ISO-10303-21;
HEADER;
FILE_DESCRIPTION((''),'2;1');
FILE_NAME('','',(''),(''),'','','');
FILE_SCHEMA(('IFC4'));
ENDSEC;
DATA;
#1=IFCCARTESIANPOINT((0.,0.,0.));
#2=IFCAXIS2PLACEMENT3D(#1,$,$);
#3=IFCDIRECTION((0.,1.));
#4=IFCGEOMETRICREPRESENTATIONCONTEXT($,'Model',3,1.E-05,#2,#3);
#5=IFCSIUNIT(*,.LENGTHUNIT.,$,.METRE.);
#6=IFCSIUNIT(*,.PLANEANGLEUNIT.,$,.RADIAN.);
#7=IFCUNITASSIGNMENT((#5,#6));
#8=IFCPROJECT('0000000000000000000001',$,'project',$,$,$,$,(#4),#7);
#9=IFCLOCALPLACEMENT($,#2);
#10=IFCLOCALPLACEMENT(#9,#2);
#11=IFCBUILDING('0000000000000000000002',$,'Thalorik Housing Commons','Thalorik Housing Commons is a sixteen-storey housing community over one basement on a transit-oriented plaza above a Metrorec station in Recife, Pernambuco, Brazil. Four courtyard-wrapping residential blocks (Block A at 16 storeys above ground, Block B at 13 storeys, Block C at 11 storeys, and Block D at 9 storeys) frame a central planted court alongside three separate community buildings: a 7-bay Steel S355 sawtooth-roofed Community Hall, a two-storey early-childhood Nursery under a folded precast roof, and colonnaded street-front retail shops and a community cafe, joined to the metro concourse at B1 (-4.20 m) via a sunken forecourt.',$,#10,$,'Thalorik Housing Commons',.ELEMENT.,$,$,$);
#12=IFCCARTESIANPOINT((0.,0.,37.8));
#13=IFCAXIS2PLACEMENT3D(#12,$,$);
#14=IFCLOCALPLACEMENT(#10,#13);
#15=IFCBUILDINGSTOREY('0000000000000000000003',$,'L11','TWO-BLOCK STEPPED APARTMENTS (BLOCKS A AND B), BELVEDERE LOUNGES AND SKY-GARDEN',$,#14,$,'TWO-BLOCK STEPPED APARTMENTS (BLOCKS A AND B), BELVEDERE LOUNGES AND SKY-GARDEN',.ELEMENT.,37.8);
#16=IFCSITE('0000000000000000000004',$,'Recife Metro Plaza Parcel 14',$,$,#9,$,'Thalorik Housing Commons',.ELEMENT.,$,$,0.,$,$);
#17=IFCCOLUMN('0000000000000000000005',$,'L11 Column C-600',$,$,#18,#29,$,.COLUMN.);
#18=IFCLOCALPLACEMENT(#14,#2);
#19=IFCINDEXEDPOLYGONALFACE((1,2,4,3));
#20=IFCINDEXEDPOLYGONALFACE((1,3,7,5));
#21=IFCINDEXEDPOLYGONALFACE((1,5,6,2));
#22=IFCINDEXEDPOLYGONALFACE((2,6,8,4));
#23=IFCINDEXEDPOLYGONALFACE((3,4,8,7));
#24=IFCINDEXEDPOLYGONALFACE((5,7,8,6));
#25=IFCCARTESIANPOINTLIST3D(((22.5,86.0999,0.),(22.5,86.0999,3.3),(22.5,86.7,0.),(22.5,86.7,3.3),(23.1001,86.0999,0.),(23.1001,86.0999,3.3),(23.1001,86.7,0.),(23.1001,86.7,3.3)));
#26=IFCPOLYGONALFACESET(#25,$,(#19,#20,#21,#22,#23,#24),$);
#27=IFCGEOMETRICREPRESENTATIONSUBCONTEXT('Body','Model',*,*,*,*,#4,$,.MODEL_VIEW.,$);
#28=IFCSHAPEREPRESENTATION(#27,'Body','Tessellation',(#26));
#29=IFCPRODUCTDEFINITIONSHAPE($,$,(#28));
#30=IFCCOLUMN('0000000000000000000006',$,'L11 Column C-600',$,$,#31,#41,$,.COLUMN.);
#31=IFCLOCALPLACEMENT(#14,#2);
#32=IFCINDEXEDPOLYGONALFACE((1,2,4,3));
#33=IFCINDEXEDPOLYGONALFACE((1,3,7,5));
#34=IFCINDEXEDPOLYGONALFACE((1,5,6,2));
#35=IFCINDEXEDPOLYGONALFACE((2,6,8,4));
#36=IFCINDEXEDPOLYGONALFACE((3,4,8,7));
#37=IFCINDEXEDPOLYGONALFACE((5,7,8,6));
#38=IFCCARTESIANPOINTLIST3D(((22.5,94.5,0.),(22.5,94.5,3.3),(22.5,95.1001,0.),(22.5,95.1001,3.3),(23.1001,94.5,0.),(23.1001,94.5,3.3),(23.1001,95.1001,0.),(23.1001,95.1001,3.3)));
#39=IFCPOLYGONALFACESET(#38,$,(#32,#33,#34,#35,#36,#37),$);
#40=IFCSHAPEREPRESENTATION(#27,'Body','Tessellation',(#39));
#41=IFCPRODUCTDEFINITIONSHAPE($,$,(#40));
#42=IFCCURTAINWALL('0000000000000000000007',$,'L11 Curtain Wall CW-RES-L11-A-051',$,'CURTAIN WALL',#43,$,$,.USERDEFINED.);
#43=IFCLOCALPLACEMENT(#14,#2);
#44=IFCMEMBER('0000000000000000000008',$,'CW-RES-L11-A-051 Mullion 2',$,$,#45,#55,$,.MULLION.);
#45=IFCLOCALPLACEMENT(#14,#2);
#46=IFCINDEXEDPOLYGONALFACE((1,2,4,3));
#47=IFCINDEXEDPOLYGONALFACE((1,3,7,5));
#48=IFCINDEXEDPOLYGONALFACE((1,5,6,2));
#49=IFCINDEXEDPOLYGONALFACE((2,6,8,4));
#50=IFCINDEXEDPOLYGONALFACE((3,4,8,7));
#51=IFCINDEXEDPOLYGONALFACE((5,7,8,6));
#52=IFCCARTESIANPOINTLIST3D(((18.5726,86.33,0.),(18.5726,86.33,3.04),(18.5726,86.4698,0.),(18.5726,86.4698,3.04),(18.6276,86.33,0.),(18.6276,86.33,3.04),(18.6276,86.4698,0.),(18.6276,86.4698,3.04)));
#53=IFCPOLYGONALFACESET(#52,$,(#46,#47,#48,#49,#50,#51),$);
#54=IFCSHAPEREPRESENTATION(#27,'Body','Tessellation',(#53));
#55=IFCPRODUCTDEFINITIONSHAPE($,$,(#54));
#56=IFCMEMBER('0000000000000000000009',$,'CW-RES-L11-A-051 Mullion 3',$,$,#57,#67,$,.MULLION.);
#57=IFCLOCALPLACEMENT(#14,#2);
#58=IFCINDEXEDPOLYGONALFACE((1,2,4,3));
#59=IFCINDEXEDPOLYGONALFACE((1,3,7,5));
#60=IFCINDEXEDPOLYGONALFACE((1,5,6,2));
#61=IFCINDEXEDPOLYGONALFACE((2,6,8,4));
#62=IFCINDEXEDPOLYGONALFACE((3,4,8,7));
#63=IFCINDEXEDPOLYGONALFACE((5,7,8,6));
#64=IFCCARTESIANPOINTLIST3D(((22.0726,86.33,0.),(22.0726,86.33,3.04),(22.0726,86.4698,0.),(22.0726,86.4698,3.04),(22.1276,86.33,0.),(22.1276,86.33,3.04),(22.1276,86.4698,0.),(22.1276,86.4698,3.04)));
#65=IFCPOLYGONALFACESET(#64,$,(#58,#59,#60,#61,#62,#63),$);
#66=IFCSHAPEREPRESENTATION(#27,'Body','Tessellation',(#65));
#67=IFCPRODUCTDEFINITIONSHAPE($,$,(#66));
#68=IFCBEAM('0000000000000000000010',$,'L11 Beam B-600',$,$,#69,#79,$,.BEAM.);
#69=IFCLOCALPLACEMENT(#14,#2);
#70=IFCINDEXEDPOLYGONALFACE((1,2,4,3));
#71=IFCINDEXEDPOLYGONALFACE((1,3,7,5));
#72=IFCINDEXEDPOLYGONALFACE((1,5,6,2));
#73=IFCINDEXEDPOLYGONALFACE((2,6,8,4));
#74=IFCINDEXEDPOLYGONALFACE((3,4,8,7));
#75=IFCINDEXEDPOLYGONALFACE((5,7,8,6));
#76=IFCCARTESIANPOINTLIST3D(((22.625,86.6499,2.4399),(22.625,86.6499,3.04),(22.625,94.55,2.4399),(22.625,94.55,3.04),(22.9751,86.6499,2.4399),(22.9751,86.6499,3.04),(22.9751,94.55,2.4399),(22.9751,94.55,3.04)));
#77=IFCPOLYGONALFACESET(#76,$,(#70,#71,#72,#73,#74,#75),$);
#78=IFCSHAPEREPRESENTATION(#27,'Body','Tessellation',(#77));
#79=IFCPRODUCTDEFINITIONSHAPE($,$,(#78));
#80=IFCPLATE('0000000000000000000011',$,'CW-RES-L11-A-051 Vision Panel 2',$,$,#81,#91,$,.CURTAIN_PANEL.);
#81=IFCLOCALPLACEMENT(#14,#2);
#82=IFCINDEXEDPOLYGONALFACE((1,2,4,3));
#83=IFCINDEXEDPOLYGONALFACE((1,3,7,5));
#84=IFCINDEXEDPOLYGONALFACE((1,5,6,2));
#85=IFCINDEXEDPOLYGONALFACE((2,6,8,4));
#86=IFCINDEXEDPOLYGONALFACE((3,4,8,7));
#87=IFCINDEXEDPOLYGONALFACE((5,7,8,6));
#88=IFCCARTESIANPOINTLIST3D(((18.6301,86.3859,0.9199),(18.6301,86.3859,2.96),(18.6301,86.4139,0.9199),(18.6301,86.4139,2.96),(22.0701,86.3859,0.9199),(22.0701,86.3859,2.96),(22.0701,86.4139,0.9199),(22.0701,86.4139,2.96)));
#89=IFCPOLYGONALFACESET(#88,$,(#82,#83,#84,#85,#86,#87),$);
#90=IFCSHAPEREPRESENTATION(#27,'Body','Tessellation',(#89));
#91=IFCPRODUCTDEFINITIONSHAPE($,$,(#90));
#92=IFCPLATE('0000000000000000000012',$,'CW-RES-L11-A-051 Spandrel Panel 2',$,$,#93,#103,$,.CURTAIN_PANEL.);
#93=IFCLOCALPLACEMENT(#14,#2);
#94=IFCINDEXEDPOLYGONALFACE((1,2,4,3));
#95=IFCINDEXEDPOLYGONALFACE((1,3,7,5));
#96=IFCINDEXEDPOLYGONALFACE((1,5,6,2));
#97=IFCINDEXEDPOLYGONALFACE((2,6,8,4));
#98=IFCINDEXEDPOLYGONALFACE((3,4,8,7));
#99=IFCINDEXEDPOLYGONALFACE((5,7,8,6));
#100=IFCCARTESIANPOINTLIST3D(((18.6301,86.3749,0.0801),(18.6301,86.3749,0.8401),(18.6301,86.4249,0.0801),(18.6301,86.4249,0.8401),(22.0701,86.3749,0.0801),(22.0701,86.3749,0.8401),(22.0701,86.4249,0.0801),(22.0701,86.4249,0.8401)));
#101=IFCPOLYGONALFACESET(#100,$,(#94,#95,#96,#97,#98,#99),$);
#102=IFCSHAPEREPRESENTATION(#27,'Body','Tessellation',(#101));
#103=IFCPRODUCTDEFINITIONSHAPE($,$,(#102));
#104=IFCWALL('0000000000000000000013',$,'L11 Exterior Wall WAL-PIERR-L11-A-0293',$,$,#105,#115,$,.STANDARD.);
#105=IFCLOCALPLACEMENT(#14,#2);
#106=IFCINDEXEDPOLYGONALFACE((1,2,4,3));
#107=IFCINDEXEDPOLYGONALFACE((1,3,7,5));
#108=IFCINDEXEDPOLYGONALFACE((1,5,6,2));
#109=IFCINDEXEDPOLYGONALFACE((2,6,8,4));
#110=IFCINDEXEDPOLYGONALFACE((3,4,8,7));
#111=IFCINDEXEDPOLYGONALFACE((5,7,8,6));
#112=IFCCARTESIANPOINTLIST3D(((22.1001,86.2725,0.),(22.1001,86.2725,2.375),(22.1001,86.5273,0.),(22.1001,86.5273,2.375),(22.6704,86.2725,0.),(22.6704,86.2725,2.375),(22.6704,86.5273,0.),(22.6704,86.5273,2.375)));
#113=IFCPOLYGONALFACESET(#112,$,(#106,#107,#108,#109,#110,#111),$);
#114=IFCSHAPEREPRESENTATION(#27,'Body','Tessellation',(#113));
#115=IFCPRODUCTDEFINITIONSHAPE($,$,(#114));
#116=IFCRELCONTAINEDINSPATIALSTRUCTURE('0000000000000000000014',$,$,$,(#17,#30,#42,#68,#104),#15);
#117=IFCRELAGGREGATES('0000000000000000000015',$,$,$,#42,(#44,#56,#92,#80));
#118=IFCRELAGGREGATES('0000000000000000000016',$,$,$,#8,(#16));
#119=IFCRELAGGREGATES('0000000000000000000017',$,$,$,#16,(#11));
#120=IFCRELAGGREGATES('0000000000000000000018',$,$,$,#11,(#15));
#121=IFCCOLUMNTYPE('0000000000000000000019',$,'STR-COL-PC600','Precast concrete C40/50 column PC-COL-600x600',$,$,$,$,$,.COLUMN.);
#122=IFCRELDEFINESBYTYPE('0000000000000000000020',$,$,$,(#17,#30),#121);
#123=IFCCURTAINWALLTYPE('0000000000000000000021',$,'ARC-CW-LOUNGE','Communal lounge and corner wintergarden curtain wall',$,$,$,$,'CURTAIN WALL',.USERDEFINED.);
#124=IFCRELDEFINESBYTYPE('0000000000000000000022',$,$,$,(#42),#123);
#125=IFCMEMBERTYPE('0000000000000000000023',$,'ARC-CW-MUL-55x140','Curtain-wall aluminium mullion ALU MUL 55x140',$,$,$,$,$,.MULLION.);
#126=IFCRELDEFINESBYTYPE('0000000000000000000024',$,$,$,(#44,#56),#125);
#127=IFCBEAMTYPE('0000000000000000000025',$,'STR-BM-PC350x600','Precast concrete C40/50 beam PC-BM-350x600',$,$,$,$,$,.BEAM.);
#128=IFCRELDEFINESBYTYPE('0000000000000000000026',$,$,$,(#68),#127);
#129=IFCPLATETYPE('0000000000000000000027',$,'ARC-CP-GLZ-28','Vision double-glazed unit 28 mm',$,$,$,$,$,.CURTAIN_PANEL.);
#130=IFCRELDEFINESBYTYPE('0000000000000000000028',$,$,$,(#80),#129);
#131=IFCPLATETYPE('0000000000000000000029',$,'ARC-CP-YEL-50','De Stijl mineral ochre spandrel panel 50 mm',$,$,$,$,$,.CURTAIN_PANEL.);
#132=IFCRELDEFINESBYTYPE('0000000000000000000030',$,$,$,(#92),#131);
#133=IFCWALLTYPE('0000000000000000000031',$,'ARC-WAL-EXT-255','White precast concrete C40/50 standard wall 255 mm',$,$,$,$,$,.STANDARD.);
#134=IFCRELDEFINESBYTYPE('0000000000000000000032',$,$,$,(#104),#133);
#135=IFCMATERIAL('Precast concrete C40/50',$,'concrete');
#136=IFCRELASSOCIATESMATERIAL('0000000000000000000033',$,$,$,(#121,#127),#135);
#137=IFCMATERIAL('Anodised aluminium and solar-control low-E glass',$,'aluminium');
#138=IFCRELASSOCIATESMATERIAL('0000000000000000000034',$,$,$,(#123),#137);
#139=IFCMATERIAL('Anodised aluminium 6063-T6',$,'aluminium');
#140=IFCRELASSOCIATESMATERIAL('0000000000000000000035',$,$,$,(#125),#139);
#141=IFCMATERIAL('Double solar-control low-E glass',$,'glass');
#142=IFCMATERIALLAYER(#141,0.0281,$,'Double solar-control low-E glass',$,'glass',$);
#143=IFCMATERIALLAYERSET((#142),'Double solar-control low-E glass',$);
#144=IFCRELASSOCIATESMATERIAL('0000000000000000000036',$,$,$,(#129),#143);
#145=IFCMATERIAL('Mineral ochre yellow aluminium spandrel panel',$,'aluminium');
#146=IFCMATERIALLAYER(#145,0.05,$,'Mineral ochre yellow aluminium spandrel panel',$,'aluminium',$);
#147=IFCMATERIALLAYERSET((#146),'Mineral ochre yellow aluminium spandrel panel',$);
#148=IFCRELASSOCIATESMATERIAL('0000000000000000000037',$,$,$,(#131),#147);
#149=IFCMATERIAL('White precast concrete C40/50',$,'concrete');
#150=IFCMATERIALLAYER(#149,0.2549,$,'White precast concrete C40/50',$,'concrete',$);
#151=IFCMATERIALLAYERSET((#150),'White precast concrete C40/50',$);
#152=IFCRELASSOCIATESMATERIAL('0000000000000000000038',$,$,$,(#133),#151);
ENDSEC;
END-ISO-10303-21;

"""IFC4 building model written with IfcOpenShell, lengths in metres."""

from ifc_helpers import new_model, si_unit, direction, frame, frame_2d, origin, origin_2d, place, context, subcontext, project, spatial, rectangle, extrude, material, layer, layer_set, material_profile, profile_set, type_object, element, aggregate, save


model = new_model("IFC4")

# Units and contexts
model_context = context("Model", 3, precision=1e-05, world=origin(), true_north=direction((0.0, 1.0)))
body_context = subcontext(model_context, "Body", "Model", "MODEL_VIEW")
ifc_project = project(units=[si_unit("LENGTHUNIT", "METRE"), si_unit("PLANEANGLEUNIT", "RADIAN")], contexts=[model_context])

# Site, building, storey
site_placement = place(None, origin())
site = spatial("IfcSite", under=ifc_project, at=site_placement, Name="Recife Metro Plaza Parcel 14", LongName="Thalorik Housing Commons", CompositionType="ELEMENT", RefElevation=0.0)
building_placement = place(site_placement, origin())
building = spatial("IfcBuilding", under=site, at=building_placement, Name="Thalorik Housing Commons", Description="Thalorik Housing Commons is a sixteen-storey housing community over one basement on a transit-oriented plaza above a Metrorec station in Recife, Pernambuco, Brazil. Four courtyard-wrapping residential blocks (Block A at 16 storeys above ground, Block B at 13 storeys, Block C at 11 storeys, and Block D at 9 storeys) frame a central planted court alongside three separate community buildings: a 7-bay Steel S355 sawtooth-roofed Community Hall, a two-storey early-childhood Nursery under a folded precast roof, and colonnaded street-front retail shops and a community cafe, joined to the metro concourse at B1 (-4.20 m) via a sunken forecourt.", LongName="Thalorik Housing Commons", CompositionType="ELEMENT")
storey_placement = place(building_placement, frame((0.0, 0.0, 37.8)))
storey = spatial("IfcBuildingStorey", under=building, at=storey_placement, Name="L11", Description="TWO-BLOCK STEPPED APARTMENTS (BLOCKS A AND B), BELVEDERE LOUNGES AND SKY-GARDEN", LongName="TWO-BLOCK STEPPED APARTMENTS (BLOCKS A AND B), BELVEDERE LOUNGES AND SKY-GARDEN", CompositionType="ELEMENT", Elevation=37.8)

# Columns
ifc_material_1 = material(Name="Precast concrete C40/50", Category="concrete")
ifc_material_profile_1 = material_profile(ifc_material_1, rectangle(XDim=0.6001, YDim=0.6001, at=origin_2d()), Name="PC 600x600", Category="concrete")
ifc_profile_set_1 = profile_set([ifc_material_profile_1], Name="Precast concrete C40/50")
column_type = type_object("IfcColumnType", Name="STR-COL-PC600", Description="Precast concrete C40/50 column PC-COL-600x600", PredefinedType="COLUMN", material=ifc_profile_set_1)
for number, where, z_axis, x_axis, name in (
    (1, (22.8, 86.3999, 0.0), (0.0, 0.0, 1.0), (1.0, 0.0, 0.0), "L11 Column C-600"),
    (2, (22.8, 94.8, 0.0), (0.0, 0.0, 1.0), (1.0, 0.0, 0.0), "L11 Column C-600"),
):
    element("IfcColumn", number, at=place(storey_placement, frame(where, z_axis=z_axis, x_axis=x_axis)), inside=storey, type_object=column_type, Name=name, PredefinedType="COLUMN", context=body_context, shape_type="SweptSolid", body=[
        extrude(rectangle(XDim=0.6001, YDim=0.6001, at=origin_2d()), origin(), (0.0, 0.0, 1.0), 3.3),
    ])

# Curtain wall, members
ifc_material_2 = material(Name="Anodised aluminium and solar-control low-E glass", Category="aluminium")
curtain_wall_type = type_object("IfcCurtainWallType", Name="ARC-CW-LOUNGE", Description="Communal lounge and corner wintergarden curtain wall", ElementType="CURTAIN WALL", PredefinedType="USERDEFINED", material=ifc_material_2)
curtain_wall_placement = place(storey_placement, origin())
curtain_wall = element("IfcCurtainWall", 3, at=curtain_wall_placement, inside=storey, type_object=curtain_wall_type, Name="L11 Curtain Wall CW-RES-L11-A-051", ObjectType="CURTAIN WALL", PredefinedType="USERDEFINED")
ifc_material_3 = material(Name="Anodised aluminium 6063-T6", Category="aluminium")
ifc_material_profile_2 = material_profile(ifc_material_3, rectangle(XDim=0.0549, YDim=0.1399, at=origin_2d()), Name="ALU MUL 55x140", Category="aluminium")
ifc_profile_set_2 = profile_set([ifc_material_profile_2], Name="Anodised aluminium 6063-T6")
member_type = type_object("IfcMemberType", Name="ARC-CW-MUL-55x140", Description="Curtain-wall aluminium mullion ALU MUL 55x140", PredefinedType="MULLION", material=ifc_profile_set_2)
member_1_placement = place(storey_placement, frame((18.6001, 86.3999, 0.0), z_axis=(0.0, 0.0, 1.0), x_axis=(1.0, 0.0, 0.0)))
member_1 = element("IfcMember", 4, at=member_1_placement, type_object=member_type, Name="CW-RES-L11-A-051 Mullion 2", PredefinedType="MULLION", context=body_context, shape_type="SweptSolid", body=[
    extrude(rectangle(XDim=0.0549, YDim=0.1399, at=origin_2d()), origin(), (0.0, 0.0, 1.0), 3.04),
])
member_2_placement = place(storey_placement, frame((22.1001, 86.3999, 0.0), z_axis=(0.0, 0.0, 1.0), x_axis=(1.0, 0.0, 0.0)))
member_2 = element("IfcMember", 5, at=member_2_placement, type_object=member_type, Name="CW-RES-L11-A-051 Mullion 3", PredefinedType="MULLION", context=body_context, shape_type="SweptSolid", body=[
    extrude(rectangle(XDim=0.0549, YDim=0.1399, at=origin_2d()), origin(), (0.0, 0.0, 1.0), 3.04),
])

# Beam
ifc_material_profile_3 = material_profile(ifc_material_1, rectangle(XDim=0.3501, YDim=0.6001, at=origin_2d()), Name="PC 350x600", Category="concrete")
ifc_profile_set_3 = profile_set([ifc_material_profile_3], Name="Precast concrete C40/50")
beam_type = type_object("IfcBeamType", Name="STR-BM-PC350x600", Description="Precast concrete C40/50 beam PC-BM-350x600", PredefinedType="BEAM", material=ifc_profile_set_3)
beam_placement = place(storey_placement, frame((22.8, 86.6499, 2.74), z_axis=(0.0, 1.0, 0.0), x_axis=(-1.0, 0.0, 0.0)))
element("IfcBeam", 6, at=beam_placement, inside=storey, type_object=beam_type, Name="L11 Beam B-600", PredefinedType="BEAM", context=body_context, shape_type="SweptSolid", body=[
    extrude(rectangle(XDim=0.3501, YDim=0.6001, at=origin_2d()), origin(), (0.0, 0.0, 1.0), 7.9001),
])

# Plates
ifc_material_4 = material(Name="Double solar-control low-E glass", Category="glass")
ifc_layer_1 = layer(ifc_material_4, 0.0281, Name="Double solar-control low-E glass", Category="glass")
ifc_layer_set_1 = layer_set([ifc_layer_1], Name="Double solar-control low-E glass")
plate_type_1 = type_object("IfcPlateType", Name="ARC-CP-GLZ-28", Description="Vision double-glazed unit 28 mm", PredefinedType="CURTAIN_PANEL", material=ifc_layer_set_1)
plate_1_placement = place(storey_placement, frame((20.3501, 86.3999, 0.9199), z_axis=(0.0, 0.0, 1.0), x_axis=(1.0, 0.0, 0.0)))
plate_1 = element("IfcPlate", 7, at=plate_1_placement, type_object=plate_type_1, Name="CW-RES-L11-A-051 Vision Panel 2", PredefinedType="CURTAIN_PANEL", context=body_context, shape_type="SweptSolid", body=[
    extrude(rectangle(XDim=3.4399, YDim=0.0281, at=origin_2d()), origin(), (0.0, 0.0, 1.0), 2.04),
])
ifc_material_5 = material(Name="Mineral ochre yellow aluminium spandrel panel", Category="aluminium")
ifc_layer_2 = layer(ifc_material_5, 0.05, Name="Mineral ochre yellow aluminium spandrel panel", Category="aluminium")
ifc_layer_set_2 = layer_set([ifc_layer_2], Name="Mineral ochre yellow aluminium spandrel panel")
plate_type_2 = type_object("IfcPlateType", Name="ARC-CP-YEL-50", Description="De Stijl mineral ochre spandrel panel 50 mm", PredefinedType="CURTAIN_PANEL", material=ifc_layer_set_2)
plate_2_placement = place(storey_placement, frame((20.3501, 86.3999, 0.0801), z_axis=(0.0, 0.0, 1.0), x_axis=(1.0, 0.0, 0.0)))
plate_2 = element("IfcPlate", 8, at=plate_2_placement, type_object=plate_type_2, Name="CW-RES-L11-A-051 Spandrel Panel 2", PredefinedType="CURTAIN_PANEL", context=body_context, shape_type="SweptSolid", body=[
    extrude(rectangle(XDim=3.4399, YDim=0.05, at=origin_2d()), origin(), (0.0, 0.0, 1.0), 0.76),
])
aggregate(curtain_wall, [member_1, member_2, plate_2, plate_1])

# Wall
ifc_material_6 = material(Name="White precast concrete C40/50", Category="concrete")
ifc_layer_3 = layer(ifc_material_6, 0.2549, Name="White precast concrete C40/50", Category="concrete")
ifc_layer_set_3 = layer_set([ifc_layer_3], Name="White precast concrete C40/50")
wall_type_1 = type_object("IfcWallType", Name="ARC-WAL-EXT-255", Description="White precast concrete C40/50 standard wall 255 mm", PredefinedType="STANDARD", material=ifc_layer_set_3)
wall_1_placement = place(storey_placement, frame((22.1001, 86.3999, 0.0), z_axis=(0.0, 0.0, 1.0), x_axis=(1.0, 0.0, 0.0)))
element("IfcWall", 9, at=wall_1_placement, inside=storey, type_object=wall_type_1, Name="L11 Exterior Wall WAL-PIERR-L11-A-0293", PredefinedType="STANDARD", context=body_context, shape_type="SweptSolid", body=[
    extrude(rectangle(XDim=0.5703, YDim=0.2549, at=frame_2d((0.2852, 0.0))), origin(), (0.0, 0.0, 1.0), 2.375),
])

save(model, "model.ifc")
